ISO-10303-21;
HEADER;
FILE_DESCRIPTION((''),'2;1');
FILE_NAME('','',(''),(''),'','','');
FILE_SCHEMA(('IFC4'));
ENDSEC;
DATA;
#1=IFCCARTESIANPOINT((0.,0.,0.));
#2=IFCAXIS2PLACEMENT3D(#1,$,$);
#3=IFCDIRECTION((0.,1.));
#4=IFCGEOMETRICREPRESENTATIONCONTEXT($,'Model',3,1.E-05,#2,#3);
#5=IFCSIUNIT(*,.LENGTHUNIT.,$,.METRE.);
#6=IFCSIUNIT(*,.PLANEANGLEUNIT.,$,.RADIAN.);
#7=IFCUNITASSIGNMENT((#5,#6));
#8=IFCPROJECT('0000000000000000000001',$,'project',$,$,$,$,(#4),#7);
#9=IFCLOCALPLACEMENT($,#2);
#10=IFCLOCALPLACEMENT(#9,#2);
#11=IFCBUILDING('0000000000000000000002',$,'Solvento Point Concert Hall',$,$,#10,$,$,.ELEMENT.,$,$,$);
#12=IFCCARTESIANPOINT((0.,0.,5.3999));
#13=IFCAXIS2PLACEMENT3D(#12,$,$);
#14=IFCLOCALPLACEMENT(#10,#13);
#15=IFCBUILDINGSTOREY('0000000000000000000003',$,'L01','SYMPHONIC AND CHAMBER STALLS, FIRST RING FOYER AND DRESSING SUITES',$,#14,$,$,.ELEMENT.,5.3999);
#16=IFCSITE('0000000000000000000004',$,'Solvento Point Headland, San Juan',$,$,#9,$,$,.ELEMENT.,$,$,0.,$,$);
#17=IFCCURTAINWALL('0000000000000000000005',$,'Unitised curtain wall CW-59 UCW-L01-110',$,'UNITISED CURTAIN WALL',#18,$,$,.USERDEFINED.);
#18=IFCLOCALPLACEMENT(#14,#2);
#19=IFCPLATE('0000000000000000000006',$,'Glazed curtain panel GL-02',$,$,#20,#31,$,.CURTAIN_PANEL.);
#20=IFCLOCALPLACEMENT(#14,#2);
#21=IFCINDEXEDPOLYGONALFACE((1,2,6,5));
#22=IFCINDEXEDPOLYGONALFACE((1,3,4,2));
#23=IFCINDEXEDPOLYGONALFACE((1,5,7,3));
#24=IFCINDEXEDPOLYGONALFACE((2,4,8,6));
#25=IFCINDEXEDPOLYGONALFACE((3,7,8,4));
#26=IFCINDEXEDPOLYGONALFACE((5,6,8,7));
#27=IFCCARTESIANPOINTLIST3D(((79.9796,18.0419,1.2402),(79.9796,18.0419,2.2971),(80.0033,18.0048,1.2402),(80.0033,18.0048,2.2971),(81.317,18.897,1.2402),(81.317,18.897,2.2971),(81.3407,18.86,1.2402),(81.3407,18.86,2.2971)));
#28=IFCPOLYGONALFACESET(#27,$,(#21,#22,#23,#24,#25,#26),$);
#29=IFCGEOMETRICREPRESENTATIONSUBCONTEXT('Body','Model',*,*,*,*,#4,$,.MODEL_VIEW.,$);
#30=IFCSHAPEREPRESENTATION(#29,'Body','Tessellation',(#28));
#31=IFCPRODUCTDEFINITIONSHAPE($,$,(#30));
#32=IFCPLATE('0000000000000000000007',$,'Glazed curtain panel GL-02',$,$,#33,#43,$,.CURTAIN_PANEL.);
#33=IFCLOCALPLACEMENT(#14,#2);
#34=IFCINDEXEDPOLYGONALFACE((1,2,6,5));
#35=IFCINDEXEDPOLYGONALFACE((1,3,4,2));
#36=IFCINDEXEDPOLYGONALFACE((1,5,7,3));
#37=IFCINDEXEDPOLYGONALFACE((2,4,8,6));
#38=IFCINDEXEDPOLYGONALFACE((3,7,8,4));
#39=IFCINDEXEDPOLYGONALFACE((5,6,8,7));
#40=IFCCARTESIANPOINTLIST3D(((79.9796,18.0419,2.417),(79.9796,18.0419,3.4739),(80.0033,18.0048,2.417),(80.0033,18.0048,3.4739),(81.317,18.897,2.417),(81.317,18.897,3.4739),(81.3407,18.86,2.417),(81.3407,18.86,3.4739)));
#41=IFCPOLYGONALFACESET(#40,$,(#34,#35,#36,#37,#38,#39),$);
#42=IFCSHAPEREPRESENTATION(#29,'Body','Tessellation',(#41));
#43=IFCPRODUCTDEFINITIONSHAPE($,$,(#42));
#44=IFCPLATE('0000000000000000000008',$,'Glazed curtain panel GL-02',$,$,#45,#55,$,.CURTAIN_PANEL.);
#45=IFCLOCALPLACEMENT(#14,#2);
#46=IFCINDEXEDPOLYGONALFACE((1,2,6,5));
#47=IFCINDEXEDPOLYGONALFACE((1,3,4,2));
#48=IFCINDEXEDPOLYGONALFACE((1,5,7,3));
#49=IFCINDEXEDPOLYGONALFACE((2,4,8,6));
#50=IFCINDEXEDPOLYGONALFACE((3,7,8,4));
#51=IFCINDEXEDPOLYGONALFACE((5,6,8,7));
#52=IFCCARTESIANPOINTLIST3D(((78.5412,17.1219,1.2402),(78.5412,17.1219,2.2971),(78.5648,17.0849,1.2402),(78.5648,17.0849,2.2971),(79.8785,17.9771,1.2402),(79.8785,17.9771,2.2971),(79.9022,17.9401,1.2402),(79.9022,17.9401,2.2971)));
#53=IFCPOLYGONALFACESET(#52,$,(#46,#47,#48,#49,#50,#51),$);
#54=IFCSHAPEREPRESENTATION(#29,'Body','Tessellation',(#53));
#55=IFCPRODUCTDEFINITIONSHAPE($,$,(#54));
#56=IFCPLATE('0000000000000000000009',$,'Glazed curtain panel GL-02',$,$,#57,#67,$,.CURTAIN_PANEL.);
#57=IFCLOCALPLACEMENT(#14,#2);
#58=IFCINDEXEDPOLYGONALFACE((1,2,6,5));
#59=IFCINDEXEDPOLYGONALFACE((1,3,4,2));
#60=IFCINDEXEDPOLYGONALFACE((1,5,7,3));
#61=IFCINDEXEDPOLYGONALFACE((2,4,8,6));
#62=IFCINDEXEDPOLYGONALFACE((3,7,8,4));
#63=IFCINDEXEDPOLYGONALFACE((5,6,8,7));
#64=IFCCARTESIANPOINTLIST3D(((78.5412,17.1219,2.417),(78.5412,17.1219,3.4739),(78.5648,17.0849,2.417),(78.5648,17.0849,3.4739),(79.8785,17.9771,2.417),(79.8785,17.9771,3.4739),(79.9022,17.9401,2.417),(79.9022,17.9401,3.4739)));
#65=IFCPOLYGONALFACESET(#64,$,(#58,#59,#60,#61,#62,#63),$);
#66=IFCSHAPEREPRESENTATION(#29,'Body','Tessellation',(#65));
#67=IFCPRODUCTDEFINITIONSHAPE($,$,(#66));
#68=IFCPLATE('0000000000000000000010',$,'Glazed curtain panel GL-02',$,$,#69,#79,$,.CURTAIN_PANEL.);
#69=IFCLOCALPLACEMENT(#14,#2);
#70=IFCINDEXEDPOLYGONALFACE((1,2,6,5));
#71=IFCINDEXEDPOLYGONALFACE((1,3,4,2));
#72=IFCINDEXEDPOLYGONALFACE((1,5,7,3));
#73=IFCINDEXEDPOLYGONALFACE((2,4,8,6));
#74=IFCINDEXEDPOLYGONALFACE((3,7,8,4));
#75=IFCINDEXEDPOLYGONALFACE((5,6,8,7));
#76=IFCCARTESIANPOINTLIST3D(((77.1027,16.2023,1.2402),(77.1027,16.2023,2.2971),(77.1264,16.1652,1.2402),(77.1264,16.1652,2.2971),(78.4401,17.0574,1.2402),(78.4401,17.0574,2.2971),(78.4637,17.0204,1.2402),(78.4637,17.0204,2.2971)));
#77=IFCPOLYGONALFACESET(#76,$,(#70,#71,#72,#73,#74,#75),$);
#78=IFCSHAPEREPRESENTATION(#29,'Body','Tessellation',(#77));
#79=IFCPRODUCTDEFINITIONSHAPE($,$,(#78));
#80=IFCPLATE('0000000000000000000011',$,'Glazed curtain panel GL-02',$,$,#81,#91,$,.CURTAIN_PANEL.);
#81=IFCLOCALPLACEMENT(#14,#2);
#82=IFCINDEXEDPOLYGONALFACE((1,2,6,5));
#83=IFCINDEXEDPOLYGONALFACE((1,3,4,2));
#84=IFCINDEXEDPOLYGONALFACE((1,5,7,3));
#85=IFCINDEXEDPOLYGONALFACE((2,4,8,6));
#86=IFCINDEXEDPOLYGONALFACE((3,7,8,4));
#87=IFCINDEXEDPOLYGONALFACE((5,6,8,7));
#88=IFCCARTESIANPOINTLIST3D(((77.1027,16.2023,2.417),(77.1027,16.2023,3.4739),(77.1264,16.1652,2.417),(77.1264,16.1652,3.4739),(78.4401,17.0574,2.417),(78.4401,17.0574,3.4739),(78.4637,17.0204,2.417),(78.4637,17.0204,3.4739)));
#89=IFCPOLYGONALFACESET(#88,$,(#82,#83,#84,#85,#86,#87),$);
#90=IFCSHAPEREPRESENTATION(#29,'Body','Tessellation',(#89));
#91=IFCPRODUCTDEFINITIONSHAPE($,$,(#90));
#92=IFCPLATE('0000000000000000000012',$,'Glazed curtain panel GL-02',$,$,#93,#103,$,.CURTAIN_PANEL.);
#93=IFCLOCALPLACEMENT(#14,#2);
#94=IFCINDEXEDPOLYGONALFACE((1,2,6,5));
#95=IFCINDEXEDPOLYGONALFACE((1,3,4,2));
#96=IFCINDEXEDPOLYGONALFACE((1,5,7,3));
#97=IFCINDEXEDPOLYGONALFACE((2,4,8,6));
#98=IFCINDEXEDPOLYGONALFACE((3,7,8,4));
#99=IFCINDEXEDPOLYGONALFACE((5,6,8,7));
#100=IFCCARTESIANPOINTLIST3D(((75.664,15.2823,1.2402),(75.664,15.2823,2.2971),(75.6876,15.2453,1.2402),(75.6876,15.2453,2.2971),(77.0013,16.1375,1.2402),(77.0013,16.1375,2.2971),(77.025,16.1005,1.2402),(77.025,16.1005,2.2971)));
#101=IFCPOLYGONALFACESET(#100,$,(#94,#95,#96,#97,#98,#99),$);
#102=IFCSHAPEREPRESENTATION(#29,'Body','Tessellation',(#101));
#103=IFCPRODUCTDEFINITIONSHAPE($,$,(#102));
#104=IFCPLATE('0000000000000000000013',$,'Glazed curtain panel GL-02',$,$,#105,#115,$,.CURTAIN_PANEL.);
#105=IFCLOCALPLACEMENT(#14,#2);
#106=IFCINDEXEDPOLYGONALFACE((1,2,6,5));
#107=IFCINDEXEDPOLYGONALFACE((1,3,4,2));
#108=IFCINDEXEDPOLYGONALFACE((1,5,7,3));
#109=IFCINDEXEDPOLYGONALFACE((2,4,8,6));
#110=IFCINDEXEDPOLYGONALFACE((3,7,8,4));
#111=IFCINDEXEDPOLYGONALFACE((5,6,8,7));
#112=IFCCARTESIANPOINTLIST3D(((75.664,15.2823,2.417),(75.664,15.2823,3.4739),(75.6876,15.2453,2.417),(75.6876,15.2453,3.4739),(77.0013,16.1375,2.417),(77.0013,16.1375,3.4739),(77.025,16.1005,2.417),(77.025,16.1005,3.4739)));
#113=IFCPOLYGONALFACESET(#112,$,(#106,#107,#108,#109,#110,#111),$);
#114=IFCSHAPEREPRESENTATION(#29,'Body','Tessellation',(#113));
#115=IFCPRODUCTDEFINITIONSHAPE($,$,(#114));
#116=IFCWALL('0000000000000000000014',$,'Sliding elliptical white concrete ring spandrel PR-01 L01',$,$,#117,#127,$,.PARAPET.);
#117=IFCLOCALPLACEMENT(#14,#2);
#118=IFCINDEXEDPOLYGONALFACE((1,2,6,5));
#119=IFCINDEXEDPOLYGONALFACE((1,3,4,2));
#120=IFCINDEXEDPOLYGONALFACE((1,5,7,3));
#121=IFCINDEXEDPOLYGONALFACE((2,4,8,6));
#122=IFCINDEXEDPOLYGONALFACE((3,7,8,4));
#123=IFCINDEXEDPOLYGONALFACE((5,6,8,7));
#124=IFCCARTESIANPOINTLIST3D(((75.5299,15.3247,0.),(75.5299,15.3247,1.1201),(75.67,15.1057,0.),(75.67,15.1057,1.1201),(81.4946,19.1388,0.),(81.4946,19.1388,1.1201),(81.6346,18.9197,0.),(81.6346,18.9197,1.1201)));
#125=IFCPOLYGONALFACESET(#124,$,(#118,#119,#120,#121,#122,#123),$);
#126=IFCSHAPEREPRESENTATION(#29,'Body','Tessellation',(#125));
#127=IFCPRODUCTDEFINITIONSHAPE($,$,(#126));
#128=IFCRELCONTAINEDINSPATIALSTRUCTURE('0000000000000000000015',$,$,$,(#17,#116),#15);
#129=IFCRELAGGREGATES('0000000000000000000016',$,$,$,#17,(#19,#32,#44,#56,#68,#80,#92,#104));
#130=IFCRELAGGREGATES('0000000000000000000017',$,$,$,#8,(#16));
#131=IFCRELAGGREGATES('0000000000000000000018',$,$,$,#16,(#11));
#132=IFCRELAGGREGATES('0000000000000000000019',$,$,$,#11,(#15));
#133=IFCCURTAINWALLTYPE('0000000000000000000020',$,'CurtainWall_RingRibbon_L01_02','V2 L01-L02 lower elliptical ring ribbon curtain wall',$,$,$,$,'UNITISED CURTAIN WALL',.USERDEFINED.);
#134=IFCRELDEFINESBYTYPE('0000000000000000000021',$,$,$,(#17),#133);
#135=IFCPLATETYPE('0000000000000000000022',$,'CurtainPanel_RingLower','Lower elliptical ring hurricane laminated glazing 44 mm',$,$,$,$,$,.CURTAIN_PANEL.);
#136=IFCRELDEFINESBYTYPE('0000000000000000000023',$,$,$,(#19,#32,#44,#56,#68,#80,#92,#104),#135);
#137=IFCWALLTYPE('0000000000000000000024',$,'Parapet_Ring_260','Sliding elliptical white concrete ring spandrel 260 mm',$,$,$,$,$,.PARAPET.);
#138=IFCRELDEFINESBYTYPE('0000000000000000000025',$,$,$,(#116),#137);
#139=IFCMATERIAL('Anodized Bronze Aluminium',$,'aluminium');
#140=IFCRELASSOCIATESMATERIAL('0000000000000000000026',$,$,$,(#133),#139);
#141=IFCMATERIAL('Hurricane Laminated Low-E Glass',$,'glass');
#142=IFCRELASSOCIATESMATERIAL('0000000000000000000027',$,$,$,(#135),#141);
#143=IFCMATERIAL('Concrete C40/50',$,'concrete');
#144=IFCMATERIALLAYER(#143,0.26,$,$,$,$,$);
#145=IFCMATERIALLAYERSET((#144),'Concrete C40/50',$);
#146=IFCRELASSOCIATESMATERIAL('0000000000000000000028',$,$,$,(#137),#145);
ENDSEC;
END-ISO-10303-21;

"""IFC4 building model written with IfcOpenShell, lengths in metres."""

from ifc_helpers import new_model, si_unit, direction, frame, frame_2d, origin, origin_2d, place, context, subcontext, project, spatial, rectangle, extrude, material, layer, layer_set, type_object, element, aggregate, save


model = new_model("IFC4")

# Units and contexts
model_context = context("Model", 3, precision=1e-05, world=origin(), true_north=direction((0.0, 1.0)))
body_context = subcontext(model_context, "Body", "Model", "MODEL_VIEW")
ifc_project = project(units=[si_unit("LENGTHUNIT", "METRE"), si_unit("PLANEANGLEUNIT", "RADIAN")], contexts=[model_context])

# Site, building, storey
site_placement = place(None, origin())
site = spatial("IfcSite", under=ifc_project, at=site_placement, Name="Solvento Point Headland, San Juan", CompositionType="ELEMENT", RefElevation=0.0)
building_placement = place(site_placement, origin())
building = spatial("IfcBuilding", under=site, at=building_placement, Name="Solvento Point Concert Hall", CompositionType="ELEMENT")
storey_placement = place(building_placement, frame((0.0, 0.0, 5.3999)))
storey = spatial("IfcBuildingStorey", under=building, at=storey_placement, Name="L01", Description="SYMPHONIC AND CHAMBER STALLS, FIRST RING FOYER AND DRESSING SUITES", CompositionType="ELEMENT", Elevation=5.3999)

# Curtain wall
ifc_material_1 = material(Name="Anodized Bronze Aluminium", Category="aluminium")
curtain_wall_type = type_object("IfcCurtainWallType", Name="CurtainWall_RingRibbon_L01_02", Description="V2 L01-L02 lower elliptical ring ribbon curtain wall", ElementType="UNITISED CURTAIN WALL", PredefinedType="USERDEFINED", material=ifc_material_1)
curtain_wall_1_placement = place(storey_placement, origin())
curtain_wall_1 = element("IfcCurtainWall", 1, at=curtain_wall_1_placement, inside=storey, type_object=curtain_wall_type, Name="Unitised curtain wall CW-59 UCW-L01-110", ObjectType="UNITISED CURTAIN WALL", PredefinedType="USERDEFINED")

# Plates
ifc_material_2 = material(Name="Hurricane Laminated Low-E Glass", Category="glass")
plate_type = type_object("IfcPlateType", Name="CurtainPanel_RingLower", Description="Lower elliptical ring hurricane laminated glazing 44 mm", PredefinedType="CURTAIN_PANEL", material=ifc_material_2)
plate_1_placement = place(storey_placement, frame((80.6602, 18.4509, 1.2402), z_axis=(0.0, 0.0, 1.0), x_axis=(-0.84249, -0.538712, 0.0)))
plate_1 = element("IfcPlate", 2, at=plate_1_placement, type_object=plate_type, Name="Glazed curtain panel GL-02", PredefinedType="CURTAIN_PANEL", context=body_context, shape_type="SweptSolid", body=[
    extrude(rectangle(XDim=1.5874, YDim=0.0439, at=origin_2d()), origin(), (0.0, 0.0, 1.0), 1.0569),
])
plate_2_placement = place(storey_placement, frame((80.6602, 18.4509, 2.417), z_axis=(0.0, 0.0, 1.0), x_axis=(-0.84249, -0.538712, 0.0)))
plate_2 = element("IfcPlate", 3, at=plate_2_placement, type_object=plate_type, Name="Glazed curtain panel GL-02", PredefinedType="CURTAIN_PANEL", context=body_context, shape_type="SweptSolid", body=[
    extrude(rectangle(XDim=1.5874, YDim=0.0439, at=origin_2d()), origin(), (0.0, 0.0, 1.0), 1.0569),
])
plate_3_placement = place(storey_placement, frame((79.2217, 17.531, 1.2402), z_axis=(0.0, 0.0, 1.0), x_axis=(-0.84249, -0.538712, 0.0)))
plate_3 = element("IfcPlate", 4, at=plate_3_placement, type_object=plate_type, Name="Glazed curtain panel GL-02", PredefinedType="CURTAIN_PANEL", context=body_context, shape_type="SweptSolid", body=[
    extrude(rectangle(XDim=1.5874, YDim=0.0439, at=origin_2d()), origin(), (0.0, 0.0, 1.0), 1.0569),
])
plate_4_placement = place(storey_placement, frame((79.2217, 17.531, 2.417), z_axis=(0.0, 0.0, 1.0), x_axis=(-0.84249, -0.538712, 0.0)))
plate_4 = element("IfcPlate", 5, at=plate_4_placement, type_object=plate_type, Name="Glazed curtain panel GL-02", PredefinedType="CURTAIN_PANEL", context=body_context, shape_type="SweptSolid", body=[
    extrude(rectangle(XDim=1.5874, YDim=0.0439, at=origin_2d()), origin(), (0.0, 0.0, 1.0), 1.0569),
])
plate_5_placement = place(storey_placement, frame((77.7832, 16.6113, 1.2402), z_axis=(0.0, 0.0, 1.0), x_axis=(-0.84249, -0.538712, 0.0)))
plate_5 = element("IfcPlate", 6, at=plate_5_placement, type_object=plate_type, Name="Glazed curtain panel GL-02", PredefinedType="CURTAIN_PANEL", context=body_context, shape_type="SweptSolid", body=[
    extrude(rectangle(XDim=1.5874, YDim=0.0439, at=origin_2d()), origin(), (0.0, 0.0, 1.0), 1.0569),
])
plate_6_placement = place(storey_placement, frame((77.7832, 16.6113, 2.417), z_axis=(0.0, 0.0, 1.0), x_axis=(-0.84249, -0.538712, 0.0)))
plate_6 = element("IfcPlate", 7, at=plate_6_placement, type_object=plate_type, Name="Glazed curtain panel GL-02", PredefinedType="CURTAIN_PANEL", context=body_context, shape_type="SweptSolid", body=[
    extrude(rectangle(XDim=1.5874, YDim=0.0439, at=origin_2d()), origin(), (0.0, 0.0, 1.0), 1.0569),
])
plate_7_placement = place(storey_placement, frame((76.3445, 15.6914, 1.2402), z_axis=(0.0, 0.0, 1.0), x_axis=(-0.84249, -0.538712, 0.0)))
plate_7 = element("IfcPlate", 8, at=plate_7_placement, type_object=plate_type, Name="Glazed curtain panel GL-02", PredefinedType="CURTAIN_PANEL", context=body_context, shape_type="SweptSolid", body=[
    extrude(rectangle(XDim=1.5874, YDim=0.0439, at=origin_2d()), origin(), (0.0, 0.0, 1.0), 1.0569),
])
plate_8_placement = place(storey_placement, frame((76.3445, 15.6914, 2.417), z_axis=(0.0, 0.0, 1.0), x_axis=(-0.84249, -0.538712, 0.0)))
plate_8 = element("IfcPlate", 9, at=plate_8_placement, type_object=plate_type, Name="Glazed curtain panel GL-02", PredefinedType="CURTAIN_PANEL", context=body_context, shape_type="SweptSolid", body=[
    extrude(rectangle(XDim=1.5874, YDim=0.0439, at=origin_2d()), origin(), (0.0, 0.0, 1.0), 1.0569),
])
aggregate(curtain_wall_1, [plate_1, plate_2, plate_3, plate_4, plate_5, plate_6, plate_7, plate_8])

# Wall
ifc_material_3 = material(Name="Concrete C40/50", Category="concrete")
ifc_layer = layer(ifc_material_3, 0.26)
ifc_layer_set = layer_set([ifc_layer], Name="Concrete C40/50")
wall_type = type_object("IfcWallType", Name="Parapet_Ring_260", Description="Sliding elliptical white concrete ring spandrel 260 mm", PredefinedType="PARAPET", material=ifc_layer_set)
wall_placement = place(storey_placement, frame((81.5647, 19.0293, 0.0), z_axis=(0.0, 0.0, 1.0), x_axis=(-0.842488, -0.538715, 0.0)))
element("IfcWall", 10, at=wall_placement, inside=storey, type_object=wall_type, Name="Sliding elliptical white concrete ring spandrel PR-01 L01", PredefinedType="PARAPET", context=body_context, shape_type="SweptSolid", body=[
    extrude(rectangle(XDim=7.0798, YDim=0.26, at=frame_2d((3.54, 0.0))), origin(), (0.0, 0.0, 1.0), 1.1201),
])

save(model, "model.ifc")
